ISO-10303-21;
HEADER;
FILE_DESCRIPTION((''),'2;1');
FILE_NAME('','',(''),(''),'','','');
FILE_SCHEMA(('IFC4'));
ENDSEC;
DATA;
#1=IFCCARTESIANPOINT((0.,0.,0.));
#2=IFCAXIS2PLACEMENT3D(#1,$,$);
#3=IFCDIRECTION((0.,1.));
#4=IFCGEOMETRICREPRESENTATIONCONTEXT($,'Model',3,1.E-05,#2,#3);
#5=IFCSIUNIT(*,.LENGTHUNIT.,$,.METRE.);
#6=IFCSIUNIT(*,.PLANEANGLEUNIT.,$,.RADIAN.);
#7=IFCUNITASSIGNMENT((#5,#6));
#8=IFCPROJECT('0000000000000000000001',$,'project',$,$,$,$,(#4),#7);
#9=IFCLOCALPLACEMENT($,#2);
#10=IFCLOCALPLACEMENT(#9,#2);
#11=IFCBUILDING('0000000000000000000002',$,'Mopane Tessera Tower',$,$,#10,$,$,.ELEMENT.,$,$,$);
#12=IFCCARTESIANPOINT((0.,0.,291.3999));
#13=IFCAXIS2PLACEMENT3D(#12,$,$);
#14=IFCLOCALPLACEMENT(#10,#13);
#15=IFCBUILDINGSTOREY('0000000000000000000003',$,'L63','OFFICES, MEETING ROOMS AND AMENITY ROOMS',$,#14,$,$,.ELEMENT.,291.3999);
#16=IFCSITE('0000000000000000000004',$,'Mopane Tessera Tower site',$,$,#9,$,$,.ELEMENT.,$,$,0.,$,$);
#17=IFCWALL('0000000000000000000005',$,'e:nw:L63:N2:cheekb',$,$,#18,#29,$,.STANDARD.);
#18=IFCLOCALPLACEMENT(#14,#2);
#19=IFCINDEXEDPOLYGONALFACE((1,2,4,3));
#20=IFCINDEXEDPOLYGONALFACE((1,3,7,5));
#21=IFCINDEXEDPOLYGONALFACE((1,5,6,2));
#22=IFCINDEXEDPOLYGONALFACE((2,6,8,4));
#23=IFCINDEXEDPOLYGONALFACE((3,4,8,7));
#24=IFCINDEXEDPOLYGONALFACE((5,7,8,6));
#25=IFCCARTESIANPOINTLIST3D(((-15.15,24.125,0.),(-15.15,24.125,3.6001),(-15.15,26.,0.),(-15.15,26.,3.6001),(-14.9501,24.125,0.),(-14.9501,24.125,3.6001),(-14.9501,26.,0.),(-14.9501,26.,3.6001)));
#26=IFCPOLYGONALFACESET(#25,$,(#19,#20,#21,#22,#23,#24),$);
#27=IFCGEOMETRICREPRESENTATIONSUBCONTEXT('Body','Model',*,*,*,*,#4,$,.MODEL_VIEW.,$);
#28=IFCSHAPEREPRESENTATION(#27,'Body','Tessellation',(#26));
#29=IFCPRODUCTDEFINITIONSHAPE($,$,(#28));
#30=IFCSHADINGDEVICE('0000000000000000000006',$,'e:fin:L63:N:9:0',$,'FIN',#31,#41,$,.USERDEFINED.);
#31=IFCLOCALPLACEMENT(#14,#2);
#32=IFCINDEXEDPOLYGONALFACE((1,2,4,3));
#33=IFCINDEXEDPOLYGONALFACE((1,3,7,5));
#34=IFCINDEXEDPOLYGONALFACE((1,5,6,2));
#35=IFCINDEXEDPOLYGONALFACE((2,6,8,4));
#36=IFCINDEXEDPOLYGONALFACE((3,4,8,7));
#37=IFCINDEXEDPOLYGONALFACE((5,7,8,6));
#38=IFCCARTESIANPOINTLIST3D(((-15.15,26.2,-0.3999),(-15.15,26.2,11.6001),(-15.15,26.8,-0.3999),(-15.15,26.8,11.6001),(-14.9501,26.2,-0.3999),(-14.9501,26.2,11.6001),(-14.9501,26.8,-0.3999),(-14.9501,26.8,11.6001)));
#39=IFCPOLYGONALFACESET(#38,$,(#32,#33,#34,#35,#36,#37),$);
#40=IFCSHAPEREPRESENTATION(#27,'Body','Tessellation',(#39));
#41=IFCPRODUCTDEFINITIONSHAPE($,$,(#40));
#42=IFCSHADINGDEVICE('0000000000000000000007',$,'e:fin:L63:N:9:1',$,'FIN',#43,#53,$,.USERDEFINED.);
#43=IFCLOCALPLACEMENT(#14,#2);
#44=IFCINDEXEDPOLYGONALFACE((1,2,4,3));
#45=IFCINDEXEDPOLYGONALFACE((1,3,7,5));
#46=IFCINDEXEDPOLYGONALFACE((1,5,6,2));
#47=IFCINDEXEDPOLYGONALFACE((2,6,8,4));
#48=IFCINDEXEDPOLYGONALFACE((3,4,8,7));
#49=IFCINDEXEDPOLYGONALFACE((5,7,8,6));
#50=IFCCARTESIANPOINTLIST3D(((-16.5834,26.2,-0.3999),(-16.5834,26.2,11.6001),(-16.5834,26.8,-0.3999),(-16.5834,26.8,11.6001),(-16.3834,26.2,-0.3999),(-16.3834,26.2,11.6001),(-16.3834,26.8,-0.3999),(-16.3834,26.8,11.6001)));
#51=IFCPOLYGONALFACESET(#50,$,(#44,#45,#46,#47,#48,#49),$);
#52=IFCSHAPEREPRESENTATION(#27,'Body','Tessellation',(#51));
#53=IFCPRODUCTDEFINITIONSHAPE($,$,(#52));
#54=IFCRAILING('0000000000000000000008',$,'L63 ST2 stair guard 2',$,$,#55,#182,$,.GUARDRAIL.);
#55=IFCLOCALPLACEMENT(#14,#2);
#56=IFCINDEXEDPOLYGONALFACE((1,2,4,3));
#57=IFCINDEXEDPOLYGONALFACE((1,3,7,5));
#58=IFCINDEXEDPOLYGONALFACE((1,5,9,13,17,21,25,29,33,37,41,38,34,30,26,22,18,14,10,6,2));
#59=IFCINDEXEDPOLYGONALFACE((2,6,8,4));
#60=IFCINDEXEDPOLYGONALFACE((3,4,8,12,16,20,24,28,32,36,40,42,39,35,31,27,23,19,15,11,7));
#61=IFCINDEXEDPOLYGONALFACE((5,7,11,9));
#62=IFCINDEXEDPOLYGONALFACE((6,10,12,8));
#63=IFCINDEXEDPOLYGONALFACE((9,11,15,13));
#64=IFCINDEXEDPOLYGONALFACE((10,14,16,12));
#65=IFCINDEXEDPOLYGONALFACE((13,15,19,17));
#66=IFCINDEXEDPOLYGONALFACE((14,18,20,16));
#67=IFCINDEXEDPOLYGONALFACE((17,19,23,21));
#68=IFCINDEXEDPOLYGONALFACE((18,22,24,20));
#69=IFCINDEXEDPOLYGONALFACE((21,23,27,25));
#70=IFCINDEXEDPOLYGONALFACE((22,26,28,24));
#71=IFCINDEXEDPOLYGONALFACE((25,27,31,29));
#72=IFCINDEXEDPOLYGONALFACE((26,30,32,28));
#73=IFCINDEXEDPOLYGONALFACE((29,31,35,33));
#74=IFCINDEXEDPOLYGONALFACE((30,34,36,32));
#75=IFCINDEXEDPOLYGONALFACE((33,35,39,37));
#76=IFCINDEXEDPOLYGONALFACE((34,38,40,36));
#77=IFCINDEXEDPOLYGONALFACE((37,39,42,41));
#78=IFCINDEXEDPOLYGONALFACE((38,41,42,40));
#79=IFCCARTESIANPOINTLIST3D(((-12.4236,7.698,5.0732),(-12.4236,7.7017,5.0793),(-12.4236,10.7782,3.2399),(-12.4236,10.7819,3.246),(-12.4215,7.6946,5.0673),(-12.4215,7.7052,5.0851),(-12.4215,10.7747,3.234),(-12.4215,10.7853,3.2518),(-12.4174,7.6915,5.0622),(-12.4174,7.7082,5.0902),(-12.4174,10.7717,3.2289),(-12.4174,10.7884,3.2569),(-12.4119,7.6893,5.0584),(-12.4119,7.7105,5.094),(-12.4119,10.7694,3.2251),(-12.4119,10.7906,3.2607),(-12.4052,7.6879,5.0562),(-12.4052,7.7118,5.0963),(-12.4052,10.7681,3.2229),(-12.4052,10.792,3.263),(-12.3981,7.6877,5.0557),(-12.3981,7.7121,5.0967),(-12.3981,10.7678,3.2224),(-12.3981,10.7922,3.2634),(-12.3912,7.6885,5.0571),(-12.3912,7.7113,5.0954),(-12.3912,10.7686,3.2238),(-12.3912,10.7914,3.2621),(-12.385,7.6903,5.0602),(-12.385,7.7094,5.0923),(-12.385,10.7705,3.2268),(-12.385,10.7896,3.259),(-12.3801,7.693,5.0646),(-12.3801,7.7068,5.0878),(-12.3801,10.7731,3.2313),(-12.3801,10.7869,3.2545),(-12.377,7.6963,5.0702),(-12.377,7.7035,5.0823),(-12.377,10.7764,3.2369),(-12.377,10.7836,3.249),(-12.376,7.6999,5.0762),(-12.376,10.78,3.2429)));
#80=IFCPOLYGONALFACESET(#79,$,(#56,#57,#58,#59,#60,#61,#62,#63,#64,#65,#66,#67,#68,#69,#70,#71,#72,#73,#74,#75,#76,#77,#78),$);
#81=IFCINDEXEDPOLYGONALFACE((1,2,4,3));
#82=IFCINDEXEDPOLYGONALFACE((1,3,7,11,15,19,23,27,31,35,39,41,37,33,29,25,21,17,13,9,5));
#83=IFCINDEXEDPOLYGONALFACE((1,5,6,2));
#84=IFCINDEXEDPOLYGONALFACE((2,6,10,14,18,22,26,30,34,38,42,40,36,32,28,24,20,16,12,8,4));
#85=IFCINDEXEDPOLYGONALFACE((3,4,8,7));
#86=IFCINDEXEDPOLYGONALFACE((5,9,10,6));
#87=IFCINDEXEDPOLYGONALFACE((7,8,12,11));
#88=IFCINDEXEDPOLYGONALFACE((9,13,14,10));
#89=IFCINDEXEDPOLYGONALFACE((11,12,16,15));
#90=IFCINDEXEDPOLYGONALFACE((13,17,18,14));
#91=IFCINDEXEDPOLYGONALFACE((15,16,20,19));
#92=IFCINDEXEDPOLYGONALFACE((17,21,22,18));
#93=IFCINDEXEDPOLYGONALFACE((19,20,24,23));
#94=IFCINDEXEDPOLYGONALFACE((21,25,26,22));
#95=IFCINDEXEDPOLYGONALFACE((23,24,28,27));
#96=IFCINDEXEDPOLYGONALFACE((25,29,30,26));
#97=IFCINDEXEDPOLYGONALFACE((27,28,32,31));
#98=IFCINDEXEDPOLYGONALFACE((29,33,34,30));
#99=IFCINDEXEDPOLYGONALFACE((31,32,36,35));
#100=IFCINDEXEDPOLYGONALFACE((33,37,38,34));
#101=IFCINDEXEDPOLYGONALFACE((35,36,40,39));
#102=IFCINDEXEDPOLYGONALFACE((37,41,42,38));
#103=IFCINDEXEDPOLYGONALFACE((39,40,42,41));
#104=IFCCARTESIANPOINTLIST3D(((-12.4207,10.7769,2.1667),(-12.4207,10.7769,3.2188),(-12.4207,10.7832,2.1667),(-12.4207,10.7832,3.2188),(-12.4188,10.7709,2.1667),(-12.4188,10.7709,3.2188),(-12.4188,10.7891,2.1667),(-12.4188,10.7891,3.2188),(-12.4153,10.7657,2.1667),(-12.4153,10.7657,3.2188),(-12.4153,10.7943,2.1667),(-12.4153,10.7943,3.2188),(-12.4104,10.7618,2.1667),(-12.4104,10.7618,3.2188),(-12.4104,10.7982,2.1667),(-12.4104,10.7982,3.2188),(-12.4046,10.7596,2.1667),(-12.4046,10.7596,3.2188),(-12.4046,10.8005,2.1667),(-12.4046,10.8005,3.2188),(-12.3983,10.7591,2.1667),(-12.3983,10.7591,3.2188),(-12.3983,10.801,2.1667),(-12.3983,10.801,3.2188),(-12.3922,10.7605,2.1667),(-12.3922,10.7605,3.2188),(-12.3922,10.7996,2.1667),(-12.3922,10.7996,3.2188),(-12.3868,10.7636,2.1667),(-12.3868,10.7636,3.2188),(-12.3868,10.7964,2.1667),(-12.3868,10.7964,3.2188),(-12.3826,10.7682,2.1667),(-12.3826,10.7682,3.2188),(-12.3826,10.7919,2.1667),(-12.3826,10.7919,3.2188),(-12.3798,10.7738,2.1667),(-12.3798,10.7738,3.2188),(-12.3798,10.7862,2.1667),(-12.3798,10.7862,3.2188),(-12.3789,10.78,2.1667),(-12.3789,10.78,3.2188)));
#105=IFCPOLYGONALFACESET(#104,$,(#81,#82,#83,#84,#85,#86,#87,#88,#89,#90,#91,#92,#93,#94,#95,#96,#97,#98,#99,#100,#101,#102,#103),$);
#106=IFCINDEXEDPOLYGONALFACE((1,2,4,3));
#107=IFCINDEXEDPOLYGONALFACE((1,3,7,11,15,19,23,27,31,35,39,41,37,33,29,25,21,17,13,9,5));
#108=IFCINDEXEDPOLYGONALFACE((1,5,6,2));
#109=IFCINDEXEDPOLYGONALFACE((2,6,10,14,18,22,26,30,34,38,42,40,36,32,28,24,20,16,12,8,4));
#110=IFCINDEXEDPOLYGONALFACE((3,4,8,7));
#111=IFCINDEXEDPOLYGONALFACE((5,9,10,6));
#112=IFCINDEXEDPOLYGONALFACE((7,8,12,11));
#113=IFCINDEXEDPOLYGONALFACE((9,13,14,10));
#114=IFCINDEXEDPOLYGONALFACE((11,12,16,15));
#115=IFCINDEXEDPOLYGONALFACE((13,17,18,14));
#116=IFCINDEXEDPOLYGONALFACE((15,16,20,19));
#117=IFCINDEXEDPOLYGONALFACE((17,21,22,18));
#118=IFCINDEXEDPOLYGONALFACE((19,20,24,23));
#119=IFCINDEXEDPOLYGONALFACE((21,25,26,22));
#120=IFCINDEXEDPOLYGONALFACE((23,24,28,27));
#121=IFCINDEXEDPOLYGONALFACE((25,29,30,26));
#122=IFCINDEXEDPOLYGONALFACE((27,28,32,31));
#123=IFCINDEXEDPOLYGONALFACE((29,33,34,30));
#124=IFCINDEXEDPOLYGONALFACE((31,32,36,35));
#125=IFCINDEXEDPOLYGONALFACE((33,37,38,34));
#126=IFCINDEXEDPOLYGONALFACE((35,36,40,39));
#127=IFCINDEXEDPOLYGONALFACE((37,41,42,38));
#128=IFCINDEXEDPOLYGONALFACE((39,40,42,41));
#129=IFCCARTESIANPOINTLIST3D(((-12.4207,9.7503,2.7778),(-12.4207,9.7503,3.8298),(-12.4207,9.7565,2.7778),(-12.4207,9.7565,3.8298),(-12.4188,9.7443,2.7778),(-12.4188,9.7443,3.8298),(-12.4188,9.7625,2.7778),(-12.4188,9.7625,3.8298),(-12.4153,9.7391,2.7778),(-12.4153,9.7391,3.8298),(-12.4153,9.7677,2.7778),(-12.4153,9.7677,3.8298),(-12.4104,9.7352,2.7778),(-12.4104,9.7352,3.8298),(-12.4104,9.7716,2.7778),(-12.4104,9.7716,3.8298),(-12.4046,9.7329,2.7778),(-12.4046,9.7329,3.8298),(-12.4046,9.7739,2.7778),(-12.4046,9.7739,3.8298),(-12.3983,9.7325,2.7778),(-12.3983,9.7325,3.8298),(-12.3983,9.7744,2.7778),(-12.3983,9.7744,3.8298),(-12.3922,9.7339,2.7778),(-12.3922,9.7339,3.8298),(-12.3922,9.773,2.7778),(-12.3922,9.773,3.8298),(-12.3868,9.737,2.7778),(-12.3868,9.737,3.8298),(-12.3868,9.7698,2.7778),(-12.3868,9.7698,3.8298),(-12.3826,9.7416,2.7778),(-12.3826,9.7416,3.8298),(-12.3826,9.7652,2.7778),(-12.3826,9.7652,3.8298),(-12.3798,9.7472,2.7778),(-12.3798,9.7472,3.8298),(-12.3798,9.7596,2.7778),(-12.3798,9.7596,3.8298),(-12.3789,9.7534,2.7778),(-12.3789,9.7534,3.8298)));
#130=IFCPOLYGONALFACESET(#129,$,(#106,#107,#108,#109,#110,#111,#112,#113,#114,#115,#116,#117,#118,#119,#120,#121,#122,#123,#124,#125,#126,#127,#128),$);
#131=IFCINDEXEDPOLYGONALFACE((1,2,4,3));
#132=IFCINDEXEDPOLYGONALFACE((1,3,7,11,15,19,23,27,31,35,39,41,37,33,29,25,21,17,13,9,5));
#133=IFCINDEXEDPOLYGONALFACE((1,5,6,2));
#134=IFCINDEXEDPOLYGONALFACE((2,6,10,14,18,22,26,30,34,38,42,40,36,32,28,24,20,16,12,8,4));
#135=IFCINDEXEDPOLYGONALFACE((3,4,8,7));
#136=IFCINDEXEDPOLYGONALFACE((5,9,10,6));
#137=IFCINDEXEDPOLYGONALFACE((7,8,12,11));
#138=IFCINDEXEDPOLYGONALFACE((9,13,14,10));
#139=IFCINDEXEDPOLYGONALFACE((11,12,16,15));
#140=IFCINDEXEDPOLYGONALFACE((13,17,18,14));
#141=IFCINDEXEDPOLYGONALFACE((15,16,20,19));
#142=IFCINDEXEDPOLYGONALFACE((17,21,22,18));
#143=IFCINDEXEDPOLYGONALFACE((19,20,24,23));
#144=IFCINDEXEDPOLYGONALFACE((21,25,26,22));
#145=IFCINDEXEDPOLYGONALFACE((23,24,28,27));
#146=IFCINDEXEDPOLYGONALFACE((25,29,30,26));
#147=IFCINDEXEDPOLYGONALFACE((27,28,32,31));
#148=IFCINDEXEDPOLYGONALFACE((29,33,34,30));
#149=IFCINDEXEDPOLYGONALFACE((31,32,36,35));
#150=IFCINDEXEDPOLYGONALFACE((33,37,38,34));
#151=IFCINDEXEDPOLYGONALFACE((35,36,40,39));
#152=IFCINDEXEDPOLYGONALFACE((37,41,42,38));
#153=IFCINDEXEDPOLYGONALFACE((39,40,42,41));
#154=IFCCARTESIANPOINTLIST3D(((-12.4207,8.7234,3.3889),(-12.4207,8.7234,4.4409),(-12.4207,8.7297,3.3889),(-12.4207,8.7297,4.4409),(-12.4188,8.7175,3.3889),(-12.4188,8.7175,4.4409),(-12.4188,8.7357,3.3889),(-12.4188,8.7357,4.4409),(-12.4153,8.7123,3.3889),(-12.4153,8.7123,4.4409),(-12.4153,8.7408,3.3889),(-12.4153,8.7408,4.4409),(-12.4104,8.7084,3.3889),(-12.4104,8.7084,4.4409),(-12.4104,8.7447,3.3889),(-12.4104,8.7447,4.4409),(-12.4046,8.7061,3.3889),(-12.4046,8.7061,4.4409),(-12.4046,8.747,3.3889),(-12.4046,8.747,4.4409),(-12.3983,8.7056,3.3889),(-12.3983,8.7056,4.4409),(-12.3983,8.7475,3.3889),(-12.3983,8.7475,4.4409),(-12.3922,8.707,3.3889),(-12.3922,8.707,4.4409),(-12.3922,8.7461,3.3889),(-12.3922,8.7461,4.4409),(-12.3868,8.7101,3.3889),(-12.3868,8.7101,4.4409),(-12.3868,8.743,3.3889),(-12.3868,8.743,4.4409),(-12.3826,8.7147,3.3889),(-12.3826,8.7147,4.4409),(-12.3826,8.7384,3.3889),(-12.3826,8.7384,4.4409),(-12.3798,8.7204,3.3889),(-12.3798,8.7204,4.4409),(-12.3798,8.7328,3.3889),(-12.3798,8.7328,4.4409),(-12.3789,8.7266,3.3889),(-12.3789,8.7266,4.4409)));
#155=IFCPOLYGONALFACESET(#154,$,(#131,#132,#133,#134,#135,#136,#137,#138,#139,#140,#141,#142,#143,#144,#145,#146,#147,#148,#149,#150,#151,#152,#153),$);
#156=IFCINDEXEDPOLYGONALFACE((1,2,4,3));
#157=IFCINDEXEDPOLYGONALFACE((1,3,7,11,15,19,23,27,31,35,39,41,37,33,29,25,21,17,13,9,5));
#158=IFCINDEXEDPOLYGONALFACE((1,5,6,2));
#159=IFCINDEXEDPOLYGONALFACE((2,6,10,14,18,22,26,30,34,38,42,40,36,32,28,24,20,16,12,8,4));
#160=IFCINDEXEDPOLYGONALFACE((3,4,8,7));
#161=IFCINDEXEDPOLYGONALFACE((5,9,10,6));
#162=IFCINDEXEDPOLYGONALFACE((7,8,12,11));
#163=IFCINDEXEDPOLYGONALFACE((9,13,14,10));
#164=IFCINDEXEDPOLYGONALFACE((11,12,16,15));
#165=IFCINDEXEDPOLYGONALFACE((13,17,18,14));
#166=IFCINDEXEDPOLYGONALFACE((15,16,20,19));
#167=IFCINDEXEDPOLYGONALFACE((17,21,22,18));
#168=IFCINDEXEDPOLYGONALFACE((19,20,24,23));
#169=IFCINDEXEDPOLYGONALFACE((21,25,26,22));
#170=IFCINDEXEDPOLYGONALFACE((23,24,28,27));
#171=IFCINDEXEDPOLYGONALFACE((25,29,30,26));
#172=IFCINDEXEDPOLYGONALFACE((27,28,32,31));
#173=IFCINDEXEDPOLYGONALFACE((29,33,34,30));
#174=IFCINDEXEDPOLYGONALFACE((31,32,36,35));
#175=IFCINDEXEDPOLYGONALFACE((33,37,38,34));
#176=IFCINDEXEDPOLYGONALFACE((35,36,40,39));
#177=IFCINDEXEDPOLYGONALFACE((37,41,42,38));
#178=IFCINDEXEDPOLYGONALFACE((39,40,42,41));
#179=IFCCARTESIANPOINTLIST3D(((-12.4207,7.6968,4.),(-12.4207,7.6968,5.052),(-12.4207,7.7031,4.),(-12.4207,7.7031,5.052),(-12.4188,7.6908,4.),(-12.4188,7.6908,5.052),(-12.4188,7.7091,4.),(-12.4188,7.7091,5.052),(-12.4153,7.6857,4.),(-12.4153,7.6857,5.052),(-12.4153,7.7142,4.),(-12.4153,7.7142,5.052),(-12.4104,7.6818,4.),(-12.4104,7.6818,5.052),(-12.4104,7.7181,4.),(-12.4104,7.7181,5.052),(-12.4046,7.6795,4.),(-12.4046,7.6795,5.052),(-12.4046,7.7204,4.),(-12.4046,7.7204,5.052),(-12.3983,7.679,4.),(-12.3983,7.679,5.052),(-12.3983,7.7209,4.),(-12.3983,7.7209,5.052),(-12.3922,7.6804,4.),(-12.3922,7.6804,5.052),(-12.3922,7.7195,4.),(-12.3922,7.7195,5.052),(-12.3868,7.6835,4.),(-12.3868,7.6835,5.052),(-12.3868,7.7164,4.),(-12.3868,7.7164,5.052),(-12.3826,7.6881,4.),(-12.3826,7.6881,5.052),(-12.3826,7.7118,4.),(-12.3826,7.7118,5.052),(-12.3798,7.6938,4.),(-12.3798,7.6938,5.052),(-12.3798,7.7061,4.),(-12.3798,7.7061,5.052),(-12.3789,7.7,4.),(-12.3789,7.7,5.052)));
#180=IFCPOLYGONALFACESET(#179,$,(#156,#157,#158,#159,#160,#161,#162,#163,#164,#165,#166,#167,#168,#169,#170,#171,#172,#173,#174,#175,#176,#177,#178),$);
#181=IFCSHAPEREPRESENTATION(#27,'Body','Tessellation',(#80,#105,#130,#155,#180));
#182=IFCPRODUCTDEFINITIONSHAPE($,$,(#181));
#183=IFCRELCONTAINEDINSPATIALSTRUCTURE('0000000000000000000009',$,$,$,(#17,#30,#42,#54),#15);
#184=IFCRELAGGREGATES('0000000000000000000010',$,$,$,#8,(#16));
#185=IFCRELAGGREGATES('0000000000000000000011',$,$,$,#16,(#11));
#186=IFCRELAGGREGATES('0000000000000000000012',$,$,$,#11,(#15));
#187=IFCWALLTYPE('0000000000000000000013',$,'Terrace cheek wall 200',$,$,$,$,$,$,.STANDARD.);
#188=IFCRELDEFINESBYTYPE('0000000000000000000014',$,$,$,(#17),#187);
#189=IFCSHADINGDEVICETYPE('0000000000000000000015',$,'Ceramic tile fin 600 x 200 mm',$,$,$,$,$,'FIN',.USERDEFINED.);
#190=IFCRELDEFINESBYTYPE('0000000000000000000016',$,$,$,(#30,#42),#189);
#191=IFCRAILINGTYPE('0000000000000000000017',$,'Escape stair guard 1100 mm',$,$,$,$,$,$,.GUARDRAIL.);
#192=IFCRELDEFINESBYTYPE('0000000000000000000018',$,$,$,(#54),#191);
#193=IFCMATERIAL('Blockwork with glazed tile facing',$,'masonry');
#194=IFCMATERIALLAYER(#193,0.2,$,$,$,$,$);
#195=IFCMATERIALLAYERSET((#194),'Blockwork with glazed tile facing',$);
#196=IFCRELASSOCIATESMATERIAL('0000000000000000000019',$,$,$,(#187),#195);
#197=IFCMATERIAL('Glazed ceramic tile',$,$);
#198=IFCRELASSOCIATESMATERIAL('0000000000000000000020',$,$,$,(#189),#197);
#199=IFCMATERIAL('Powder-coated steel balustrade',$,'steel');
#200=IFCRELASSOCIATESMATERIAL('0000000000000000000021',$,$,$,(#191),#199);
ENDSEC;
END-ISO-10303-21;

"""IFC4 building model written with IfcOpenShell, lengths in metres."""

from ifc_helpers import new_model, si_unit, direction, frame, frame_2d, origin, origin_2d, place, context, subcontext, project, spatial, rectangle, circle, extrude, material, layer, layer_set, type_object, element, save


model = new_model("IFC4")

# Units and contexts
model_context = context("Model", 3, precision=1e-05, world=origin(), true_north=direction((0.0, 1.0)))
body_context = subcontext(model_context, "Body", "Model", "MODEL_VIEW")
ifc_project = project(units=[si_unit("LENGTHUNIT", "METRE"), si_unit("PLANEANGLEUNIT", "RADIAN")], contexts=[model_context])

# Site, building, storey
site_placement = place(None, origin())
site = spatial("IfcSite", under=ifc_project, at=site_placement, Name="Mopane Tessera Tower site", CompositionType="ELEMENT", RefElevation=0.0)
building_placement = place(site_placement, origin())
building = spatial("IfcBuilding", under=site, at=building_placement, Name="Mopane Tessera Tower", CompositionType="ELEMENT")
storey_placement = place(building_placement, frame((0.0, 0.0, 291.3999)))
storey = spatial("IfcBuildingStorey", under=building, at=storey_placement, Name="L63", Description="OFFICES, MEETING ROOMS AND AMENITY ROOMS", CompositionType="ELEMENT", Elevation=291.3999)

# Wall
ifc_material_1 = material(Name="Blockwork with glazed tile facing", Category="masonry")
ifc_layer_1 = layer(ifc_material_1, 0.2)
ifc_layer_set_1 = layer_set([ifc_layer_1], Name="Blockwork with glazed tile facing")
wall_type_1 = type_object("IfcWallType", Name="Terrace cheek wall 200", PredefinedType="STANDARD", material=ifc_layer_set_1)
wall_1_placement = place(storey_placement, frame((-15.05, 26.0, 0.0), z_axis=(0.0, 0.0, 1.0), x_axis=(0.0, -1.0, 0.0)))
element("IfcWall", 1, at=wall_1_placement, inside=storey, type_object=wall_type_1, Name="e:nw:L63:N2:cheekb", PredefinedType="STANDARD", context=body_context, shape_type="SweptSolid", body=[
    extrude(rectangle(XDim=1.875, YDim=0.2, at=frame_2d((0.9375, 0.0))), origin(), (0.0, 0.0, 1.0), 3.6001),
])

# Shading devices
ifc_material_2 = material(Name="Glazed ceramic tile")
shading_device_type = type_object("IfcShadingDeviceType", Name="Ceramic tile fin 600 x 200 mm", ElementType="FIN", PredefinedType="USERDEFINED", material=ifc_material_2)
for number, where, z_axis, x_axis, name in (
    (2, (-15.05, 26.5, -0.3999), (0.0, 0.0, 1.0), (-1.0, 0.0, 0.0), "e:fin:L63:N:9:0"),
    (3, (-16.4834, 26.5, -0.3999), (0.0, 0.0, 1.0), (-1.0, 0.0, 0.0), "e:fin:L63:N:9:1"),
):
    element("IfcShadingDevice", number, at=place(storey_placement, frame(where, z_axis=z_axis, x_axis=x_axis)), inside=storey, type_object=shading_device_type, Name=name, ObjectType="FIN", PredefinedType="USERDEFINED", context=body_context, shape_type="SweptSolid", body=[
        extrude(rectangle(XDim=0.2, YDim=0.6001, at=origin_2d()), origin(), (0.0, 0.0, 1.0), 12.0),
    ])

# Railing
ifc_material_3 = material(Name="Powder-coated steel balustrade", Category="steel")
railing_type = type_object("IfcRailingType", Name="Escape stair guard 1100 mm", PredefinedType="GUARDRAIL", material=ifc_material_3)
railing_placement = place(storey_placement, frame((-12.3999, 10.78, 2.1667)))
element("IfcRailing", 4, at=railing_placement, inside=storey, type_object=railing_type, Name="L63 ST2 stair guard 2", PredefinedType="GUARDRAIL", context=body_context, shape_type="SweptSolid", body=[
    extrude(circle(Radius=0.0239, at=origin_2d()), frame((0.0, 0.0, 1.0762), z_axis=(0.0, -0.859309, 0.511458), x_axis=(1.0, 0.0, 0.0)), (0.0, 0.0, 1.0), 3.5845),
    extrude(circle(Radius=0.021, at=origin_2d()), origin(), (0.0, 0.0, 1.0), 1.052),
    extrude(circle(Radius=0.021, at=origin_2d()), frame((0.0, -1.0266, 0.6111)), (0.0, 0.0, 1.0), 1.052),
    extrude(circle(Radius=0.021, at=origin_2d()), frame((0.0, -2.0535, 1.2222)), (0.0, 0.0, 1.0), 1.052),
    extrude(circle(Radius=0.021, at=origin_2d()), frame((0.0, -3.0801, 1.8333)), (0.0, 0.0, 1.0), 1.052),
])

save(model, "model.ifc")
